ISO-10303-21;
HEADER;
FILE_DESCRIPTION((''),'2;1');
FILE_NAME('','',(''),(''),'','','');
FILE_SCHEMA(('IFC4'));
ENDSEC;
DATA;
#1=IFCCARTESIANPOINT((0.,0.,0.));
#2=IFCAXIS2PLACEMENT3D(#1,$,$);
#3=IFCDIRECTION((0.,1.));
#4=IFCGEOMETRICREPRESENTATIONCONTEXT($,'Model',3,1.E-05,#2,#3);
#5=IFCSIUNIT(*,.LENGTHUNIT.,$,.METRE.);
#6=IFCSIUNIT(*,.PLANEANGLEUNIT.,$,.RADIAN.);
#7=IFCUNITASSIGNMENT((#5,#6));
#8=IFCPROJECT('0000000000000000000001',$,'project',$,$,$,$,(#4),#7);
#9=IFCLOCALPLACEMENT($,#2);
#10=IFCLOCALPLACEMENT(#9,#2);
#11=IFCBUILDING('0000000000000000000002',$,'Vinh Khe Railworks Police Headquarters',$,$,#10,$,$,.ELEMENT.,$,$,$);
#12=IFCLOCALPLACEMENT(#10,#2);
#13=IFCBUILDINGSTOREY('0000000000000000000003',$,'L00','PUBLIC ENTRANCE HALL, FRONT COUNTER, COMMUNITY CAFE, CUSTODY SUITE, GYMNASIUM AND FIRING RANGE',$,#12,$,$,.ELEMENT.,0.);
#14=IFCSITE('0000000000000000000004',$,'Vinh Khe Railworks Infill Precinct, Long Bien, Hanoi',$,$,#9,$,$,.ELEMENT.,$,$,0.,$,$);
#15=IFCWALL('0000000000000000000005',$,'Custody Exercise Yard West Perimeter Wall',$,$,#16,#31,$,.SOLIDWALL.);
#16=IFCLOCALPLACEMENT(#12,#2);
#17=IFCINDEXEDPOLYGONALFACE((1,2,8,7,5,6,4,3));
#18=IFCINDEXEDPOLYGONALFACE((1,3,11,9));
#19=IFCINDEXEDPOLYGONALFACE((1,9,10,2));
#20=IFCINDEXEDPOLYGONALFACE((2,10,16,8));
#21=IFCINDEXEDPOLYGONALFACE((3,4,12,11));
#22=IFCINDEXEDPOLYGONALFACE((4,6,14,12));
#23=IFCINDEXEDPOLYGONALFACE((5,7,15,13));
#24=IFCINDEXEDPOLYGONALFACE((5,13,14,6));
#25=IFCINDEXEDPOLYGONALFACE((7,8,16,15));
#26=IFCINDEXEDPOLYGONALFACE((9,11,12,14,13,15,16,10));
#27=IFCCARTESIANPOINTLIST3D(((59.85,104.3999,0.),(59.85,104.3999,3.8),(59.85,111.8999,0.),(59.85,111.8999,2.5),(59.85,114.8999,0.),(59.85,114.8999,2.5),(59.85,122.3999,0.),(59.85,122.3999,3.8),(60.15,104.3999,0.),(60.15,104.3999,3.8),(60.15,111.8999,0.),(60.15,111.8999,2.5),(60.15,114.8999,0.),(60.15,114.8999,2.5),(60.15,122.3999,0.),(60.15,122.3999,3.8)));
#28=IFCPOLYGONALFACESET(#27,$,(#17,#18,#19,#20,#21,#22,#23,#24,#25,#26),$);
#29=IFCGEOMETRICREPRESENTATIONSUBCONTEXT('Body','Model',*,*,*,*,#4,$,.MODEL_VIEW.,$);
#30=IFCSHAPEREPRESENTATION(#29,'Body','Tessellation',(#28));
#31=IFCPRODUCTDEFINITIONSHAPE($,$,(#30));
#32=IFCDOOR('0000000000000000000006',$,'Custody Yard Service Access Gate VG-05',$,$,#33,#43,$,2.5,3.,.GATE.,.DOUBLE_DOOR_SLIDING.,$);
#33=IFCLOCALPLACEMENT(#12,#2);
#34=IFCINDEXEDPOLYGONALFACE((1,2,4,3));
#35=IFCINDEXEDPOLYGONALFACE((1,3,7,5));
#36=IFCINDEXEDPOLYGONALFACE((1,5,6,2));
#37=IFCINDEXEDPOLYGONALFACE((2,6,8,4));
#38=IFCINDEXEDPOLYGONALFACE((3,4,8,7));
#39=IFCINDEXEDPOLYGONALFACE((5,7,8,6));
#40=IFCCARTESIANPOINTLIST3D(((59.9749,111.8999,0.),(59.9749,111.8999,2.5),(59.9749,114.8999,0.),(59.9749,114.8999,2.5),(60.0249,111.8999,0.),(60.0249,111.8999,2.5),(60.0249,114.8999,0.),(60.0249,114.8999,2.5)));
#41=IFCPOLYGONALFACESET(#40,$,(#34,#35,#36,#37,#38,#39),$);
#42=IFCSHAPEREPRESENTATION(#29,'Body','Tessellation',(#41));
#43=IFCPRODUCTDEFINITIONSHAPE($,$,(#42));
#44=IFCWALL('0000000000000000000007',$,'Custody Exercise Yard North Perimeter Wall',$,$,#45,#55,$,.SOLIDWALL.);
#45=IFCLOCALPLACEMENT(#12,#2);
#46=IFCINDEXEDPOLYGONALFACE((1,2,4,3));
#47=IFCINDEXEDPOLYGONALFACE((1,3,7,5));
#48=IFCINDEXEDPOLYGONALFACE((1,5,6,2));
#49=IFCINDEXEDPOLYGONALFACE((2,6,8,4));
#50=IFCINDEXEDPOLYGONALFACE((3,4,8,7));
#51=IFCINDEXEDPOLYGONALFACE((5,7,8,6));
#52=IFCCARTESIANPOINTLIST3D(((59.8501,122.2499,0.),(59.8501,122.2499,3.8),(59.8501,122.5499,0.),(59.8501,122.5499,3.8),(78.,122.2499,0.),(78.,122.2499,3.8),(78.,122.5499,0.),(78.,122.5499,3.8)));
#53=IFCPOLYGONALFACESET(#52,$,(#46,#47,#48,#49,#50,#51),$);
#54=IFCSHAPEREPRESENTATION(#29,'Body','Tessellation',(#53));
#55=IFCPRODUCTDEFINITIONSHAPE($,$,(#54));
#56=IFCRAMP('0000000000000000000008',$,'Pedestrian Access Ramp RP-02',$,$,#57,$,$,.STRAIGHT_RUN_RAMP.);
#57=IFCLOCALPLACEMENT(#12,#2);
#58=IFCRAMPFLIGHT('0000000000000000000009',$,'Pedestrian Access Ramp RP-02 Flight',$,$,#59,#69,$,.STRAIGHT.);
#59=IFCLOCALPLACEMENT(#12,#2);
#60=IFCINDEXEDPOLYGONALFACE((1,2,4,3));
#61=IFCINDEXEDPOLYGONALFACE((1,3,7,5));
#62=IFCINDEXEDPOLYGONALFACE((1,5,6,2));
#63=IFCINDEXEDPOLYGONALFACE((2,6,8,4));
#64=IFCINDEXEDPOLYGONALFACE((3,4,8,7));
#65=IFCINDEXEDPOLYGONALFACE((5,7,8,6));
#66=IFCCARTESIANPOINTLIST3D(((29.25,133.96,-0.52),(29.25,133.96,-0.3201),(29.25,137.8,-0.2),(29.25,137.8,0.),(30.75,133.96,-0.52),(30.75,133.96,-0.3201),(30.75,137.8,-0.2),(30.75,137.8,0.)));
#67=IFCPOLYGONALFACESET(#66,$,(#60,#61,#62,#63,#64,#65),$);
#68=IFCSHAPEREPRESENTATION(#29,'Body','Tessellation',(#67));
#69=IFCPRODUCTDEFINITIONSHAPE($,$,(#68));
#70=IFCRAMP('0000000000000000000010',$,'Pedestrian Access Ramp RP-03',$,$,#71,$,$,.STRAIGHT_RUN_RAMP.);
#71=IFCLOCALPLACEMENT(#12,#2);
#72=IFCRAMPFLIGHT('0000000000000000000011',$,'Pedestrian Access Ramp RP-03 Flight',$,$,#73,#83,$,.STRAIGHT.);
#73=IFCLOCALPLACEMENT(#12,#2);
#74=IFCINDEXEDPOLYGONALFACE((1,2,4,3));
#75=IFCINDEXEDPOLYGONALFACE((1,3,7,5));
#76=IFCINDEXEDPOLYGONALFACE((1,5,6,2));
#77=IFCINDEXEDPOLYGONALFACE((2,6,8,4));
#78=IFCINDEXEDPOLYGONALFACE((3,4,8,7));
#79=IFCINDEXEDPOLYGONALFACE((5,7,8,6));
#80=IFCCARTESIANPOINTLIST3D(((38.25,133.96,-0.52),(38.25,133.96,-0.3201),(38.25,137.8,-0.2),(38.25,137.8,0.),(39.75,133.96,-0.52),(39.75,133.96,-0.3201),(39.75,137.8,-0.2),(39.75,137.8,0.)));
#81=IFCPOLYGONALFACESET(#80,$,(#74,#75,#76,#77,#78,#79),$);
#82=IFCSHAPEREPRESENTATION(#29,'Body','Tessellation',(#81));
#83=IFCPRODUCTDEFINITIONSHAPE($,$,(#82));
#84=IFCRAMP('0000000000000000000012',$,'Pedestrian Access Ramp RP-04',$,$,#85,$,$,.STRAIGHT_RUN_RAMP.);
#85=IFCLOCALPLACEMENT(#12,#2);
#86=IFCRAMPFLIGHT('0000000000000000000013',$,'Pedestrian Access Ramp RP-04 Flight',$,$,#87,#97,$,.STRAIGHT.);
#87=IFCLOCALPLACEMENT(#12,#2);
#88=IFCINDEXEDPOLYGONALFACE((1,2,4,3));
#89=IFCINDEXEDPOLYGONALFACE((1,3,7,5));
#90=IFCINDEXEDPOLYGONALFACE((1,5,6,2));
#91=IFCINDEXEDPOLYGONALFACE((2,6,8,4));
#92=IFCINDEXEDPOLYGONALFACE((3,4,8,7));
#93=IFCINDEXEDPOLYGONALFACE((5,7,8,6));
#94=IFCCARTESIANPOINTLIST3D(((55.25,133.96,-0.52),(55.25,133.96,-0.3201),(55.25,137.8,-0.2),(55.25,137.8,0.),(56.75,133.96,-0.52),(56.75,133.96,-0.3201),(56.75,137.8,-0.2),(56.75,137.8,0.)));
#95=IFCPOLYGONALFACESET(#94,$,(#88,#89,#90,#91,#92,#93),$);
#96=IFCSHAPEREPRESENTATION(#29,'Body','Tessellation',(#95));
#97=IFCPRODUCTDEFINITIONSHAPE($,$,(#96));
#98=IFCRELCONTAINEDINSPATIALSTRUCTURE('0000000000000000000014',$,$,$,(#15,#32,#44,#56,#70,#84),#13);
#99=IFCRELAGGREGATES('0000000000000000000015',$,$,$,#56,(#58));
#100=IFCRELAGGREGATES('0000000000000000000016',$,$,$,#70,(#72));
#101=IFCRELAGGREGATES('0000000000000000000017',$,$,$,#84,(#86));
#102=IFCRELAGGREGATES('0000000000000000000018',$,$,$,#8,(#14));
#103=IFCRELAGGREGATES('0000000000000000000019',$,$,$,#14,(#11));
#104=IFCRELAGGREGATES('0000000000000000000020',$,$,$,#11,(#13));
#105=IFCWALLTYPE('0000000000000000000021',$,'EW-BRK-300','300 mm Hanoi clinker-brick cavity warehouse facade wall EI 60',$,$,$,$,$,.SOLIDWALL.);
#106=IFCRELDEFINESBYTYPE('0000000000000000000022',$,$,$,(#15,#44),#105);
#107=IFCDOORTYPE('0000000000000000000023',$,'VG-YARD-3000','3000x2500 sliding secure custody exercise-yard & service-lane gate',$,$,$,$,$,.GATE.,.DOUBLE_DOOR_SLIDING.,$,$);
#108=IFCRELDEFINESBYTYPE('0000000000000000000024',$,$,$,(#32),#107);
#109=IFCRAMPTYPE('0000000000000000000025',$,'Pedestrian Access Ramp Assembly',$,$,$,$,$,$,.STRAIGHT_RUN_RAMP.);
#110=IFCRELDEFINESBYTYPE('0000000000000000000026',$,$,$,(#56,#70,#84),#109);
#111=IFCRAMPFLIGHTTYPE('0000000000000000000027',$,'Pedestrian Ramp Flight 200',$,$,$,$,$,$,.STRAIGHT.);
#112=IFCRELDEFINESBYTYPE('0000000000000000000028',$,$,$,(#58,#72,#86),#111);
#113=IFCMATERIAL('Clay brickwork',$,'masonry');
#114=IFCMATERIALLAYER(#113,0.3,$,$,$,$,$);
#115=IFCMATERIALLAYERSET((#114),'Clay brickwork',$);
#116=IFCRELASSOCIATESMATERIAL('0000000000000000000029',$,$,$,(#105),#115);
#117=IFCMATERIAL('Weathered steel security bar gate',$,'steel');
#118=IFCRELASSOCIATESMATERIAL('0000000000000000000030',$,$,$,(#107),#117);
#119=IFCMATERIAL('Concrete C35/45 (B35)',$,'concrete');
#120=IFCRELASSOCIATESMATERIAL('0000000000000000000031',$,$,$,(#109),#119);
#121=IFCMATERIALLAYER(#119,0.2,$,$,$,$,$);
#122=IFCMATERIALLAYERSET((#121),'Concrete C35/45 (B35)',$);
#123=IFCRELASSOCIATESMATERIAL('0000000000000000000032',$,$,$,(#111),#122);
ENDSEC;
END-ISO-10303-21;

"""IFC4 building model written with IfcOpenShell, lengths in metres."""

from ifc_helpers import new_model, si_unit, direction, frame, frame_2d, origin, place, context, subcontext, project, spatial, polyline, rectangle, outline, extrude, material, layer, layer_set, type_object, element, fill, aggregate, save


model = new_model("IFC4")

# Units and contexts
model_context = context("Model", 3, precision=1e-05, world=origin(), true_north=direction((0.0, 1.0)))
body_context = subcontext(model_context, "Body", "Model", "MODEL_VIEW")
ifc_project = project(units=[si_unit("LENGTHUNIT", "METRE"), si_unit("PLANEANGLEUNIT", "RADIAN")], contexts=[model_context])

# Site, building, storey
site_placement = place(None, origin())
site = spatial("IfcSite", under=ifc_project, at=site_placement, Name="Vinh Khe Railworks Infill Precinct, Long Bien, Hanoi", CompositionType="ELEMENT", RefElevation=0.0)
building_placement = place(site_placement, origin())
building = spatial("IfcBuilding", under=site, at=building_placement, Name="Vinh Khe Railworks Police Headquarters", CompositionType="ELEMENT")
storey_placement = place(building_placement, origin())
storey = spatial("IfcBuildingStorey", under=building, at=storey_placement, Name="L00", Description="PUBLIC ENTRANCE HALL, FRONT COUNTER, COMMUNITY CAFE, CUSTODY SUITE, GYMNASIUM AND FIRING RANGE", CompositionType="ELEMENT", Elevation=0.0)

# Shared definitions
ifc_material_1 = material(Name="Concrete C35/45 (B35)", Category="concrete")

# Shared definitions
ifc_material_2 = material(Name="Clay brickwork", Category="masonry")

# Wall, opening, door
ifc_layer_1 = layer(ifc_material_2, 0.3)
ifc_layer_set_1 = layer_set([ifc_layer_1], Name="Clay brickwork")
wall_type_1 = type_object("IfcWallType", Name="EW-BRK-300", Description="300 mm Hanoi clinker-brick cavity warehouse facade wall EI 60", PredefinedType="SOLIDWALL", material=ifc_layer_set_1)
wall_1_placement = place(storey_placement, frame((60.0, 104.3999, 0.0), z_axis=(0.0, 0.0, 1.0), x_axis=(0.0, 1.0, 0.0)))
wall_1 = element("IfcWall", 1, at=wall_1_placement, inside=storey, type_object=wall_type_1, Name="Custody Exercise Yard West Perimeter Wall", PredefinedType="SOLIDWALL", context=body_context, shape_type="SweptSolid", body=[
    extrude(rectangle(XDim=18.0, YDim=0.3, at=frame_2d((9.0, 0.0))), origin(), (0.0, 0.0, 1.0), 3.8),
])
opening_1_placement = place(wall_1_placement, frame((7.5, 0.0, 0.0)))
opening_1 = element("IfcOpeningElement", 2, at=opening_1_placement, cuts=wall_1, PredefinedType="OPENING", context=body_context, shape_type="SweptSolid", body=[
    extrude(rectangle(XDim=3.0, YDim=2.5, at=frame_2d((1.5, 1.25))), frame((0.0, 0.165, 0.0), z_axis=(0.0, -1.0, 0.0), x_axis=(1.0, 0.0, 0.0)), (0.0, 0.0, 1.0), 0.3298),
])
ifc_material_3 = material(Name="Weathered steel security bar gate", Category="steel")
door_type = type_object("IfcDoorType", Name="VG-YARD-3000", Description="3000x2500 sliding secure custody exercise-yard & service-lane gate", OperationType="DOUBLE_DOOR_SLIDING", PredefinedType="GATE", material=ifc_material_3)
door_placement = place(opening_1_placement, frame((3.0, 0.0, 0.0), z_axis=(0.0, 0.0, 1.0), x_axis=(-1.0, 0.0, 0.0)))
door = element("IfcDoor", 3, at=door_placement, inside=storey, type_object=door_type, Name="Custody Yard Service Access Gate VG-05", OperationType="DOUBLE_DOOR_SLIDING", OverallHeight=2.5, OverallWidth=3.0, PredefinedType="GATE", context=body_context, shape_type="SweptSolid", body=[
    extrude(rectangle(XDim=3.0, YDim=2.5, at=frame_2d((1.5, 1.25))), frame((0.0, 0.0249, 0.0), z_axis=(0.0, -1.0, 0.0), x_axis=(1.0, 0.0, 0.0)), (0.0, 0.0, 1.0), 0.05),
])
fill(opening_1, door)

# Wall
wall_2_placement = place(storey_placement, frame((59.8501, 122.3999, 0.0), z_axis=(0.0, 0.0, 1.0), x_axis=(1.0, 0.0, 0.0)))
element("IfcWall", 4, at=wall_2_placement, inside=storey, type_object=wall_type_1, Name="Custody Exercise Yard North Perimeter Wall", PredefinedType="SOLIDWALL", context=body_context, shape_type="SweptSolid", body=[
    extrude(rectangle(XDim=18.1499, YDim=0.3, at=frame_2d((9.075, 0.0))), origin(), (0.0, 0.0, 1.0), 3.8),
])

# Ramps, ramp flights
ramp_type = type_object("IfcRampType", Name="Pedestrian Access Ramp Assembly", PredefinedType="STRAIGHT_RUN_RAMP", material=ifc_material_1)
ramp_1_placement = place(storey_placement, origin())
ramp_1 = element("IfcRamp", 5, at=ramp_1_placement, inside=storey, type_object=ramp_type, Name="Pedestrian Access Ramp RP-02", PredefinedType="STRAIGHT_RUN_RAMP")
ifc_layer_2 = layer(ifc_material_1, 0.2)
ifc_layer_set_2 = layer_set([ifc_layer_2], Name="Concrete C35/45 (B35)")
ramp_flight_type = type_object("IfcRampFlightType", Name="Pedestrian Ramp Flight 200", PredefinedType="STRAIGHT", material=ifc_layer_set_2)
ramp_flight_1_placement = place(storey_placement, frame((30.0, 133.96, -0.3201), z_axis=(0.0, 0.0, 1.0), x_axis=(0.0, 1.0, 0.0)))
ramp_flight_1 = element("IfcRampFlight", 6, at=ramp_flight_1_placement, type_object=ramp_flight_type, Name="Pedestrian Access Ramp RP-02 Flight", PredefinedType="STRAIGHT", context=body_context, shape_type="SweptSolid", body=[
    extrude(outline(polyline([(0.0, -0.2), (3.8401, 0.1201), (3.8401, 0.3201), (0.0, 0.0), (0.0, -0.2)])), frame((0.0, 0.75, 0.0), z_axis=(0.0, -1.0, 0.0), x_axis=(1.0, 0.0, 0.0)), (0.0, 0.0, 1.0), 1.5),
])
aggregate(ramp_1, [ramp_flight_1])
ramp_2_placement = place(storey_placement, origin())
ramp_2 = element("IfcRamp", 7, at=ramp_2_placement, inside=storey, type_object=ramp_type, Name="Pedestrian Access Ramp RP-03", PredefinedType="STRAIGHT_RUN_RAMP")
ramp_flight_2_placement = place(storey_placement, frame((39.0, 133.96, -0.3201), z_axis=(0.0, 0.0, 1.0), x_axis=(0.0, 1.0, 0.0)))
ramp_flight_2 = element("IfcRampFlight", 8, at=ramp_flight_2_placement, type_object=ramp_flight_type, Name="Pedestrian Access Ramp RP-03 Flight", PredefinedType="STRAIGHT", context=body_context, shape_type="SweptSolid", body=[
    extrude(outline(polyline([(0.0, -0.2), (3.8401, 0.1201), (3.8401, 0.3201), (0.0, 0.0), (0.0, -0.2)])), frame((0.0, 0.75, 0.0), z_axis=(0.0, -1.0, 0.0), x_axis=(1.0, 0.0, 0.0)), (0.0, 0.0, 1.0), 1.5),
])
aggregate(ramp_2, [ramp_flight_2])
ramp_3_placement = place(storey_placement, origin())
ramp_3 = element("IfcRamp", 9, at=ramp_3_placement, inside=storey, type_object=ramp_type, Name="Pedestrian Access Ramp RP-04", PredefinedType="STRAIGHT_RUN_RAMP")
ramp_flight_3_placement = place(storey_placement, frame((56.0, 133.96, -0.3201), z_axis=(0.0, 0.0, 1.0), x_axis=(0.0, 1.0, 0.0)))
ramp_flight_3 = element("IfcRampFlight", 10, at=ramp_flight_3_placement, type_object=ramp_flight_type, Name="Pedestrian Access Ramp RP-04 Flight", PredefinedType="STRAIGHT", context=body_context, shape_type="SweptSolid", body=[
    extrude(outline(polyline([(0.0, -0.2), (3.8401, 0.1201), (3.8401, 0.3201), (0.0, 0.0), (0.0, -0.2)])), frame((0.0, 0.75, 0.0), z_axis=(0.0, -1.0, 0.0), x_axis=(1.0, 0.0, 0.0)), (0.0, 0.0, 1.0), 1.5),
])
aggregate(ramp_3, [ramp_flight_3])

save(model, "model.ifc")
